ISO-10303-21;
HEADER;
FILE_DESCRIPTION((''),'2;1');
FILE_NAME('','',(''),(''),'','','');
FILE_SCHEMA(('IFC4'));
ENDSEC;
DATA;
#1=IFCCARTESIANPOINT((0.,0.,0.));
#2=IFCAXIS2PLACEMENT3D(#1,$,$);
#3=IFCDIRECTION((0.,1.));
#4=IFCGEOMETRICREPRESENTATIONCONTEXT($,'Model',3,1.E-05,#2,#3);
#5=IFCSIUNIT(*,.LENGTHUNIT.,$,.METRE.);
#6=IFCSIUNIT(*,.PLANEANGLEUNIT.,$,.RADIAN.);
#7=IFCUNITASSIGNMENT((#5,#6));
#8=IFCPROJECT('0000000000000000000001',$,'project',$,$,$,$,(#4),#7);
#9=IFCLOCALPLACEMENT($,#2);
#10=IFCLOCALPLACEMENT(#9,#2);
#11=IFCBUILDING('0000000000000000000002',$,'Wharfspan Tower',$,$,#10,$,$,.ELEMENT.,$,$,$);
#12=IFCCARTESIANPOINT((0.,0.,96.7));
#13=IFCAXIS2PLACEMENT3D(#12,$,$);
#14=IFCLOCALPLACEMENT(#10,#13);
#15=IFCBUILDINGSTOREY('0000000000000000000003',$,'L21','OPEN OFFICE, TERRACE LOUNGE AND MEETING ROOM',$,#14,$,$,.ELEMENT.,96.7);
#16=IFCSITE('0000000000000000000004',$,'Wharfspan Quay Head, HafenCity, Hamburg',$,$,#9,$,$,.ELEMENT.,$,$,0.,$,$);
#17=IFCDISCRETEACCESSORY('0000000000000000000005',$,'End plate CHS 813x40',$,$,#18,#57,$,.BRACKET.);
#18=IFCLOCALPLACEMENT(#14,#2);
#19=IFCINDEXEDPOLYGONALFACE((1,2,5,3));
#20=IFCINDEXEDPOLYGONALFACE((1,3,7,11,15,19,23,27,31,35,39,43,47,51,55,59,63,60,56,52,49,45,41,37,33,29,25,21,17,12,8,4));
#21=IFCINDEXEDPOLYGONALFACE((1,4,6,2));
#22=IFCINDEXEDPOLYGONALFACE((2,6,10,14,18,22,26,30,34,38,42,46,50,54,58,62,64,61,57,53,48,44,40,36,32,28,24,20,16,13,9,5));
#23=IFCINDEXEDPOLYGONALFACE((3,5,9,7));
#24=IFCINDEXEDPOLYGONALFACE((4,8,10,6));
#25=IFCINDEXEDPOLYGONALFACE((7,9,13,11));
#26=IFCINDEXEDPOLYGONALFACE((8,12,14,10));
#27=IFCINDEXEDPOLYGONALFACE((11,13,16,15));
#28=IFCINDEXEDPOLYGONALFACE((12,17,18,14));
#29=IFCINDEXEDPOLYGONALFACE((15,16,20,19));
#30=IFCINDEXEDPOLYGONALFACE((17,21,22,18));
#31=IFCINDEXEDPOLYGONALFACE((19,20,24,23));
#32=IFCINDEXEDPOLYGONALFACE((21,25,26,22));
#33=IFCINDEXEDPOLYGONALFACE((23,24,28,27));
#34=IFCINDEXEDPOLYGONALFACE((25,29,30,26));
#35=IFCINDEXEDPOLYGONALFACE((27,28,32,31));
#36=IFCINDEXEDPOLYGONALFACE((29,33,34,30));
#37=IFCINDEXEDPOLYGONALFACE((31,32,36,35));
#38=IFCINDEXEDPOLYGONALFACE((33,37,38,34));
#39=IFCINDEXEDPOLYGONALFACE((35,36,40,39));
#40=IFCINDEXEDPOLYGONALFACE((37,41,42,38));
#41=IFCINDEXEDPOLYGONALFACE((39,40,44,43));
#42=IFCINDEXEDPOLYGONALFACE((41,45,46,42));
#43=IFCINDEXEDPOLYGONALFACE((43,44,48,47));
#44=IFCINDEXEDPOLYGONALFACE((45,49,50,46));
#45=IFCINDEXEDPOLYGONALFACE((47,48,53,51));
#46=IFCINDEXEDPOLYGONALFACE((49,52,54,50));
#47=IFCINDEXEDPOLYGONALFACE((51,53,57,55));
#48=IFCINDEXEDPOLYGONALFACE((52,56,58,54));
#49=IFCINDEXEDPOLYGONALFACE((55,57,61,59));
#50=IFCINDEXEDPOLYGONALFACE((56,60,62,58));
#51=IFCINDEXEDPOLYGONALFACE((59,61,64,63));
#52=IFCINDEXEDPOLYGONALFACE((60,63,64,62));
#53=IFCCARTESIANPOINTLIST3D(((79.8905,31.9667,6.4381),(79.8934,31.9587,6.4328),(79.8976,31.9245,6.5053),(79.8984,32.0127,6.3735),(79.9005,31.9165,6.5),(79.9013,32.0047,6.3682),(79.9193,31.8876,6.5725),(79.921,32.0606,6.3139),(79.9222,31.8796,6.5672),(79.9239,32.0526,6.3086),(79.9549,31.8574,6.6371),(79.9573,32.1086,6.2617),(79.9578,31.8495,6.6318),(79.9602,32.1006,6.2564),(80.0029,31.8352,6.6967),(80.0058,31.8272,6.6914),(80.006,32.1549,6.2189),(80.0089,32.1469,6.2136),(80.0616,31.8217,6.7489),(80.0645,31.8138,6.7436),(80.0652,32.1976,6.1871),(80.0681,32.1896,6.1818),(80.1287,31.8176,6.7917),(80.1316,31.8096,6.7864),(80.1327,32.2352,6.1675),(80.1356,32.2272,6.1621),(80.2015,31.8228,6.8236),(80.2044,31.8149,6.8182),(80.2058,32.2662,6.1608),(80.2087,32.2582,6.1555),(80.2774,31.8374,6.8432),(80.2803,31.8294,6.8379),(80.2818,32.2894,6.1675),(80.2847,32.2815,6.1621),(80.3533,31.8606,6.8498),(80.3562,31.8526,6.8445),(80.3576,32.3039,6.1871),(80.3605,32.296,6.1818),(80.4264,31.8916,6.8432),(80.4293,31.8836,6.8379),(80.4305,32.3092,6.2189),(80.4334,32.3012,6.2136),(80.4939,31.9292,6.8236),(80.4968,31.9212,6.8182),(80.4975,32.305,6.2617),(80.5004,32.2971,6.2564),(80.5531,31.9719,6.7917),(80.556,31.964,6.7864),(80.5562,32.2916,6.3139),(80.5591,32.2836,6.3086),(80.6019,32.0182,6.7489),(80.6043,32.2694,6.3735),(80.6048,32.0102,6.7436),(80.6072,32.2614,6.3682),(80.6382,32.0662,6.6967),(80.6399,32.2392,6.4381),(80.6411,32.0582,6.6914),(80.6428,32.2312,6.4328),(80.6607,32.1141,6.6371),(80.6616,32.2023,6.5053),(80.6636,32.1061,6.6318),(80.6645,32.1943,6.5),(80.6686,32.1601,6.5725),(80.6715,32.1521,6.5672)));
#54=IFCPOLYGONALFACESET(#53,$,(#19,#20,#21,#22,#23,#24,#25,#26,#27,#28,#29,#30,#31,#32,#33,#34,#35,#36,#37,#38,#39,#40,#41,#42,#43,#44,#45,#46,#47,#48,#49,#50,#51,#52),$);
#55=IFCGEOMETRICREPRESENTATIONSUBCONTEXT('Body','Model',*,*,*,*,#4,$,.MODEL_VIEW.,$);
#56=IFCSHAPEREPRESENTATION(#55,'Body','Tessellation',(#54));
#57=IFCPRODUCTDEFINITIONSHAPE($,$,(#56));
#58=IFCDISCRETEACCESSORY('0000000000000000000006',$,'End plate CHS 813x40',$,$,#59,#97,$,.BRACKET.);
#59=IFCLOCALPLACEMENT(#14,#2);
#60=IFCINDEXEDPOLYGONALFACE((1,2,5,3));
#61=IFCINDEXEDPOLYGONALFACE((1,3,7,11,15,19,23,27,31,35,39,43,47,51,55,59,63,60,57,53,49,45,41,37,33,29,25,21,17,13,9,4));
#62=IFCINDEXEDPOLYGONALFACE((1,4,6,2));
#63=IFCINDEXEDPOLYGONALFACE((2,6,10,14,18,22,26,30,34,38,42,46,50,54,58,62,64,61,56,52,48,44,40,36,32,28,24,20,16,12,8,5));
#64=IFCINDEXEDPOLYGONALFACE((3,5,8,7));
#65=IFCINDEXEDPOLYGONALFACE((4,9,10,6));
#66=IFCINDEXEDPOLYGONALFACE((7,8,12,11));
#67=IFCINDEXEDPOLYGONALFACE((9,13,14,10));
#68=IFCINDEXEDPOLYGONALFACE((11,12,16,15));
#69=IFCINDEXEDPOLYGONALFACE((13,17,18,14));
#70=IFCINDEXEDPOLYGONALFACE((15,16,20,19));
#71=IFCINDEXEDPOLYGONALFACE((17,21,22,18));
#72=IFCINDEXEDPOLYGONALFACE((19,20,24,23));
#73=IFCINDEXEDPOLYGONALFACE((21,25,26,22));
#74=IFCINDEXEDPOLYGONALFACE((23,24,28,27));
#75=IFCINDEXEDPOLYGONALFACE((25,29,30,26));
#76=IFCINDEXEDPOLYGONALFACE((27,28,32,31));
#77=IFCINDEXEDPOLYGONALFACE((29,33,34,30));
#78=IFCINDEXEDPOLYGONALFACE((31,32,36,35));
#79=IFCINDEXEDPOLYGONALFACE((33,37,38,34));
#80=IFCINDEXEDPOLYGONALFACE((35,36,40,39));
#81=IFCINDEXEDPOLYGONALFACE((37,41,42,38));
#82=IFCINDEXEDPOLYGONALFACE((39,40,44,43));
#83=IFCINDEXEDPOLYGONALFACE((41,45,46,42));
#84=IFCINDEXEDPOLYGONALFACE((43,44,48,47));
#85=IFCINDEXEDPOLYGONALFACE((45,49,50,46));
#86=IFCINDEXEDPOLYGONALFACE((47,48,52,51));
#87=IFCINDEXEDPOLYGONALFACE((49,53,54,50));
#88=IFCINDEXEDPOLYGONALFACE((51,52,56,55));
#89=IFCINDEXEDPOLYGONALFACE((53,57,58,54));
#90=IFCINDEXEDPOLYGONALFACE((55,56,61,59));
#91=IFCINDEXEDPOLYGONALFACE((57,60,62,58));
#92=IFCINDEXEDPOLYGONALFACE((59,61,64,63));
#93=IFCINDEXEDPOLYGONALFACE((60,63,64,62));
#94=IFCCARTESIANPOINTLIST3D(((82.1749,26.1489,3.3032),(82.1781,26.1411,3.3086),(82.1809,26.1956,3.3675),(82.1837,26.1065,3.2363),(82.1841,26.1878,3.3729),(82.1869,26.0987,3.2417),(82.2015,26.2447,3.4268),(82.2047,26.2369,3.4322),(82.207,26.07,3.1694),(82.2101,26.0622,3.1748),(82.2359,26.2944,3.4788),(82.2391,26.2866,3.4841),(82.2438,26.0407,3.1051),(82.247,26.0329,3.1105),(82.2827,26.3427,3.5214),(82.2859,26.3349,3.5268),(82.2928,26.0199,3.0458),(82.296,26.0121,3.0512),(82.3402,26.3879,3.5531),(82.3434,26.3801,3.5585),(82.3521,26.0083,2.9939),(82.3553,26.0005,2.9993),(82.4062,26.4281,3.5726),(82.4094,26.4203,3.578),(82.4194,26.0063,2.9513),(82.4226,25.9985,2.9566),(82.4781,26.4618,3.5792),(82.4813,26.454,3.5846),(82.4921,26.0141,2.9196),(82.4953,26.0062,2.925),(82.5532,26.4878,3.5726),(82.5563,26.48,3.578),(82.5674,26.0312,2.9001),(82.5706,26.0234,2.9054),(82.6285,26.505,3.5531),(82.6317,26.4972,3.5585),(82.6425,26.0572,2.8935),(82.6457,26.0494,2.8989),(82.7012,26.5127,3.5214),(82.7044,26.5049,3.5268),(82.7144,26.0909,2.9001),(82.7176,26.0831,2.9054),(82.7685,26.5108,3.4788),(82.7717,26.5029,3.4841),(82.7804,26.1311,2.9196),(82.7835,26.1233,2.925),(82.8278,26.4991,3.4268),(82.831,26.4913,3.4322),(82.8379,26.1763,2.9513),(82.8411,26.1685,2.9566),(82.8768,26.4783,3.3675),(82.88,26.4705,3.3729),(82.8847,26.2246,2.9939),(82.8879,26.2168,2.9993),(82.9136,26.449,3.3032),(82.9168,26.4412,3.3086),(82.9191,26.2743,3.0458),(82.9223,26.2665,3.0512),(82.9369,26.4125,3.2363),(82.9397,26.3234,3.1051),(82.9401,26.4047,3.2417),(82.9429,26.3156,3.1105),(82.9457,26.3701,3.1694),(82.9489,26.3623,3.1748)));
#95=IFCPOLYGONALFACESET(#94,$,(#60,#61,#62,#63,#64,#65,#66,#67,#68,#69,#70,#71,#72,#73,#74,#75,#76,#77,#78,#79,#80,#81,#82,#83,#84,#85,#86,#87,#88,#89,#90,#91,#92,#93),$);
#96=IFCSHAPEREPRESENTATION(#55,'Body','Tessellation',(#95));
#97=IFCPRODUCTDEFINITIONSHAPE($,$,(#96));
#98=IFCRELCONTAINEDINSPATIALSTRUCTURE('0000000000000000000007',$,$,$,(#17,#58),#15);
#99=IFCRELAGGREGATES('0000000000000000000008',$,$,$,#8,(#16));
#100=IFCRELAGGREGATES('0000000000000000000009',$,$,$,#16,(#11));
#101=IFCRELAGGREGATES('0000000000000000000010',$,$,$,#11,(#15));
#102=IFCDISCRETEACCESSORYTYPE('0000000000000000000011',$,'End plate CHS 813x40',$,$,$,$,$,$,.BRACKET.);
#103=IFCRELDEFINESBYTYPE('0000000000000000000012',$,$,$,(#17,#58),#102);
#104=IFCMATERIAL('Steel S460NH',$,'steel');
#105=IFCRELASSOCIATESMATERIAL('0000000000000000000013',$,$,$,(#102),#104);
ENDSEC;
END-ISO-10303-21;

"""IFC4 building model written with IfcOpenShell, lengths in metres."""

from ifc_helpers import new_model, si_unit, direction, frame, origin, origin_2d, place, context, subcontext, project, spatial, circle, extrude, material, material_profile, profile_set, type_object, element, save


model = new_model("IFC4")

# Units and contexts
model_context = context("Model", 3, precision=1e-05, world=origin(), true_north=direction((0.0, 1.0)))
body_context = subcontext(model_context, "Body", "Model", "MODEL_VIEW")
ifc_project = project(units=[si_unit("LENGTHUNIT", "METRE"), si_unit("PLANEANGLEUNIT", "RADIAN")], contexts=[model_context])

# Site, building, storey
site_placement = place(None, origin())
site = spatial("IfcSite", under=ifc_project, at=site_placement, Name="Wharfspan Quay Head, HafenCity, Hamburg", CompositionType="ELEMENT", RefElevation=0.0)
building_placement = place(site_placement, origin())
building = spatial("IfcBuilding", under=site, at=building_placement, Name="Wharfspan Tower", CompositionType="ELEMENT")
storey_placement = place(building_placement, frame((0.0, 0.0, 96.7)))
storey = spatial("IfcBuildingStorey", under=building, at=storey_placement, Name="L21", Description="OPEN OFFICE, TERRACE LOUNGE AND MEETING ROOM", CompositionType="ELEMENT", Elevation=96.7)

# Shared definitions
ifc_material_1 = material(Name="Steel S460NH", Category="steel")

# Discrete accessories
ifc_material_profile_1 = material_profile(ifc_material_1, circle(Radius=0.4065, at=origin_2d()))
ifc_profile_set_1 = profile_set([ifc_material_profile_1], Name="Steel S460NH")
discrete_accessory_type = type_object("IfcDiscreteAccessoryType", Name="End plate CHS 813x40", PredefinedType="BRACKET", material=ifc_profile_set_1)
for number, where, z_axis, x_axis, name in (
    (1, (80.2825, 32.0554, 6.5), (-0.289598, 0.796395, 0.53093), (-0.939792, -0.341743, 0.000001), "End plate CHS 813x40"),
    (2, (82.5603, 26.2595, 3.2363), (0.317451, -0.781418, 0.537225), (0.92647, 0.376377, -0.000002), "End plate CHS 813x40"),
):
    element("IfcDiscreteAccessory", number, at=place(storey_placement, frame(where, z_axis=z_axis, x_axis=x_axis)), inside=storey, type_object=discrete_accessory_type, Name=name, PredefinedType="BRACKET", context=body_context, shape_type="SweptSolid", body=[
        extrude(circle(Radius=0.4065, at=origin_2d()), origin(), (0.0, 0.0, 1.0), 0.01),
    ])

save(model, "model.ifc")
